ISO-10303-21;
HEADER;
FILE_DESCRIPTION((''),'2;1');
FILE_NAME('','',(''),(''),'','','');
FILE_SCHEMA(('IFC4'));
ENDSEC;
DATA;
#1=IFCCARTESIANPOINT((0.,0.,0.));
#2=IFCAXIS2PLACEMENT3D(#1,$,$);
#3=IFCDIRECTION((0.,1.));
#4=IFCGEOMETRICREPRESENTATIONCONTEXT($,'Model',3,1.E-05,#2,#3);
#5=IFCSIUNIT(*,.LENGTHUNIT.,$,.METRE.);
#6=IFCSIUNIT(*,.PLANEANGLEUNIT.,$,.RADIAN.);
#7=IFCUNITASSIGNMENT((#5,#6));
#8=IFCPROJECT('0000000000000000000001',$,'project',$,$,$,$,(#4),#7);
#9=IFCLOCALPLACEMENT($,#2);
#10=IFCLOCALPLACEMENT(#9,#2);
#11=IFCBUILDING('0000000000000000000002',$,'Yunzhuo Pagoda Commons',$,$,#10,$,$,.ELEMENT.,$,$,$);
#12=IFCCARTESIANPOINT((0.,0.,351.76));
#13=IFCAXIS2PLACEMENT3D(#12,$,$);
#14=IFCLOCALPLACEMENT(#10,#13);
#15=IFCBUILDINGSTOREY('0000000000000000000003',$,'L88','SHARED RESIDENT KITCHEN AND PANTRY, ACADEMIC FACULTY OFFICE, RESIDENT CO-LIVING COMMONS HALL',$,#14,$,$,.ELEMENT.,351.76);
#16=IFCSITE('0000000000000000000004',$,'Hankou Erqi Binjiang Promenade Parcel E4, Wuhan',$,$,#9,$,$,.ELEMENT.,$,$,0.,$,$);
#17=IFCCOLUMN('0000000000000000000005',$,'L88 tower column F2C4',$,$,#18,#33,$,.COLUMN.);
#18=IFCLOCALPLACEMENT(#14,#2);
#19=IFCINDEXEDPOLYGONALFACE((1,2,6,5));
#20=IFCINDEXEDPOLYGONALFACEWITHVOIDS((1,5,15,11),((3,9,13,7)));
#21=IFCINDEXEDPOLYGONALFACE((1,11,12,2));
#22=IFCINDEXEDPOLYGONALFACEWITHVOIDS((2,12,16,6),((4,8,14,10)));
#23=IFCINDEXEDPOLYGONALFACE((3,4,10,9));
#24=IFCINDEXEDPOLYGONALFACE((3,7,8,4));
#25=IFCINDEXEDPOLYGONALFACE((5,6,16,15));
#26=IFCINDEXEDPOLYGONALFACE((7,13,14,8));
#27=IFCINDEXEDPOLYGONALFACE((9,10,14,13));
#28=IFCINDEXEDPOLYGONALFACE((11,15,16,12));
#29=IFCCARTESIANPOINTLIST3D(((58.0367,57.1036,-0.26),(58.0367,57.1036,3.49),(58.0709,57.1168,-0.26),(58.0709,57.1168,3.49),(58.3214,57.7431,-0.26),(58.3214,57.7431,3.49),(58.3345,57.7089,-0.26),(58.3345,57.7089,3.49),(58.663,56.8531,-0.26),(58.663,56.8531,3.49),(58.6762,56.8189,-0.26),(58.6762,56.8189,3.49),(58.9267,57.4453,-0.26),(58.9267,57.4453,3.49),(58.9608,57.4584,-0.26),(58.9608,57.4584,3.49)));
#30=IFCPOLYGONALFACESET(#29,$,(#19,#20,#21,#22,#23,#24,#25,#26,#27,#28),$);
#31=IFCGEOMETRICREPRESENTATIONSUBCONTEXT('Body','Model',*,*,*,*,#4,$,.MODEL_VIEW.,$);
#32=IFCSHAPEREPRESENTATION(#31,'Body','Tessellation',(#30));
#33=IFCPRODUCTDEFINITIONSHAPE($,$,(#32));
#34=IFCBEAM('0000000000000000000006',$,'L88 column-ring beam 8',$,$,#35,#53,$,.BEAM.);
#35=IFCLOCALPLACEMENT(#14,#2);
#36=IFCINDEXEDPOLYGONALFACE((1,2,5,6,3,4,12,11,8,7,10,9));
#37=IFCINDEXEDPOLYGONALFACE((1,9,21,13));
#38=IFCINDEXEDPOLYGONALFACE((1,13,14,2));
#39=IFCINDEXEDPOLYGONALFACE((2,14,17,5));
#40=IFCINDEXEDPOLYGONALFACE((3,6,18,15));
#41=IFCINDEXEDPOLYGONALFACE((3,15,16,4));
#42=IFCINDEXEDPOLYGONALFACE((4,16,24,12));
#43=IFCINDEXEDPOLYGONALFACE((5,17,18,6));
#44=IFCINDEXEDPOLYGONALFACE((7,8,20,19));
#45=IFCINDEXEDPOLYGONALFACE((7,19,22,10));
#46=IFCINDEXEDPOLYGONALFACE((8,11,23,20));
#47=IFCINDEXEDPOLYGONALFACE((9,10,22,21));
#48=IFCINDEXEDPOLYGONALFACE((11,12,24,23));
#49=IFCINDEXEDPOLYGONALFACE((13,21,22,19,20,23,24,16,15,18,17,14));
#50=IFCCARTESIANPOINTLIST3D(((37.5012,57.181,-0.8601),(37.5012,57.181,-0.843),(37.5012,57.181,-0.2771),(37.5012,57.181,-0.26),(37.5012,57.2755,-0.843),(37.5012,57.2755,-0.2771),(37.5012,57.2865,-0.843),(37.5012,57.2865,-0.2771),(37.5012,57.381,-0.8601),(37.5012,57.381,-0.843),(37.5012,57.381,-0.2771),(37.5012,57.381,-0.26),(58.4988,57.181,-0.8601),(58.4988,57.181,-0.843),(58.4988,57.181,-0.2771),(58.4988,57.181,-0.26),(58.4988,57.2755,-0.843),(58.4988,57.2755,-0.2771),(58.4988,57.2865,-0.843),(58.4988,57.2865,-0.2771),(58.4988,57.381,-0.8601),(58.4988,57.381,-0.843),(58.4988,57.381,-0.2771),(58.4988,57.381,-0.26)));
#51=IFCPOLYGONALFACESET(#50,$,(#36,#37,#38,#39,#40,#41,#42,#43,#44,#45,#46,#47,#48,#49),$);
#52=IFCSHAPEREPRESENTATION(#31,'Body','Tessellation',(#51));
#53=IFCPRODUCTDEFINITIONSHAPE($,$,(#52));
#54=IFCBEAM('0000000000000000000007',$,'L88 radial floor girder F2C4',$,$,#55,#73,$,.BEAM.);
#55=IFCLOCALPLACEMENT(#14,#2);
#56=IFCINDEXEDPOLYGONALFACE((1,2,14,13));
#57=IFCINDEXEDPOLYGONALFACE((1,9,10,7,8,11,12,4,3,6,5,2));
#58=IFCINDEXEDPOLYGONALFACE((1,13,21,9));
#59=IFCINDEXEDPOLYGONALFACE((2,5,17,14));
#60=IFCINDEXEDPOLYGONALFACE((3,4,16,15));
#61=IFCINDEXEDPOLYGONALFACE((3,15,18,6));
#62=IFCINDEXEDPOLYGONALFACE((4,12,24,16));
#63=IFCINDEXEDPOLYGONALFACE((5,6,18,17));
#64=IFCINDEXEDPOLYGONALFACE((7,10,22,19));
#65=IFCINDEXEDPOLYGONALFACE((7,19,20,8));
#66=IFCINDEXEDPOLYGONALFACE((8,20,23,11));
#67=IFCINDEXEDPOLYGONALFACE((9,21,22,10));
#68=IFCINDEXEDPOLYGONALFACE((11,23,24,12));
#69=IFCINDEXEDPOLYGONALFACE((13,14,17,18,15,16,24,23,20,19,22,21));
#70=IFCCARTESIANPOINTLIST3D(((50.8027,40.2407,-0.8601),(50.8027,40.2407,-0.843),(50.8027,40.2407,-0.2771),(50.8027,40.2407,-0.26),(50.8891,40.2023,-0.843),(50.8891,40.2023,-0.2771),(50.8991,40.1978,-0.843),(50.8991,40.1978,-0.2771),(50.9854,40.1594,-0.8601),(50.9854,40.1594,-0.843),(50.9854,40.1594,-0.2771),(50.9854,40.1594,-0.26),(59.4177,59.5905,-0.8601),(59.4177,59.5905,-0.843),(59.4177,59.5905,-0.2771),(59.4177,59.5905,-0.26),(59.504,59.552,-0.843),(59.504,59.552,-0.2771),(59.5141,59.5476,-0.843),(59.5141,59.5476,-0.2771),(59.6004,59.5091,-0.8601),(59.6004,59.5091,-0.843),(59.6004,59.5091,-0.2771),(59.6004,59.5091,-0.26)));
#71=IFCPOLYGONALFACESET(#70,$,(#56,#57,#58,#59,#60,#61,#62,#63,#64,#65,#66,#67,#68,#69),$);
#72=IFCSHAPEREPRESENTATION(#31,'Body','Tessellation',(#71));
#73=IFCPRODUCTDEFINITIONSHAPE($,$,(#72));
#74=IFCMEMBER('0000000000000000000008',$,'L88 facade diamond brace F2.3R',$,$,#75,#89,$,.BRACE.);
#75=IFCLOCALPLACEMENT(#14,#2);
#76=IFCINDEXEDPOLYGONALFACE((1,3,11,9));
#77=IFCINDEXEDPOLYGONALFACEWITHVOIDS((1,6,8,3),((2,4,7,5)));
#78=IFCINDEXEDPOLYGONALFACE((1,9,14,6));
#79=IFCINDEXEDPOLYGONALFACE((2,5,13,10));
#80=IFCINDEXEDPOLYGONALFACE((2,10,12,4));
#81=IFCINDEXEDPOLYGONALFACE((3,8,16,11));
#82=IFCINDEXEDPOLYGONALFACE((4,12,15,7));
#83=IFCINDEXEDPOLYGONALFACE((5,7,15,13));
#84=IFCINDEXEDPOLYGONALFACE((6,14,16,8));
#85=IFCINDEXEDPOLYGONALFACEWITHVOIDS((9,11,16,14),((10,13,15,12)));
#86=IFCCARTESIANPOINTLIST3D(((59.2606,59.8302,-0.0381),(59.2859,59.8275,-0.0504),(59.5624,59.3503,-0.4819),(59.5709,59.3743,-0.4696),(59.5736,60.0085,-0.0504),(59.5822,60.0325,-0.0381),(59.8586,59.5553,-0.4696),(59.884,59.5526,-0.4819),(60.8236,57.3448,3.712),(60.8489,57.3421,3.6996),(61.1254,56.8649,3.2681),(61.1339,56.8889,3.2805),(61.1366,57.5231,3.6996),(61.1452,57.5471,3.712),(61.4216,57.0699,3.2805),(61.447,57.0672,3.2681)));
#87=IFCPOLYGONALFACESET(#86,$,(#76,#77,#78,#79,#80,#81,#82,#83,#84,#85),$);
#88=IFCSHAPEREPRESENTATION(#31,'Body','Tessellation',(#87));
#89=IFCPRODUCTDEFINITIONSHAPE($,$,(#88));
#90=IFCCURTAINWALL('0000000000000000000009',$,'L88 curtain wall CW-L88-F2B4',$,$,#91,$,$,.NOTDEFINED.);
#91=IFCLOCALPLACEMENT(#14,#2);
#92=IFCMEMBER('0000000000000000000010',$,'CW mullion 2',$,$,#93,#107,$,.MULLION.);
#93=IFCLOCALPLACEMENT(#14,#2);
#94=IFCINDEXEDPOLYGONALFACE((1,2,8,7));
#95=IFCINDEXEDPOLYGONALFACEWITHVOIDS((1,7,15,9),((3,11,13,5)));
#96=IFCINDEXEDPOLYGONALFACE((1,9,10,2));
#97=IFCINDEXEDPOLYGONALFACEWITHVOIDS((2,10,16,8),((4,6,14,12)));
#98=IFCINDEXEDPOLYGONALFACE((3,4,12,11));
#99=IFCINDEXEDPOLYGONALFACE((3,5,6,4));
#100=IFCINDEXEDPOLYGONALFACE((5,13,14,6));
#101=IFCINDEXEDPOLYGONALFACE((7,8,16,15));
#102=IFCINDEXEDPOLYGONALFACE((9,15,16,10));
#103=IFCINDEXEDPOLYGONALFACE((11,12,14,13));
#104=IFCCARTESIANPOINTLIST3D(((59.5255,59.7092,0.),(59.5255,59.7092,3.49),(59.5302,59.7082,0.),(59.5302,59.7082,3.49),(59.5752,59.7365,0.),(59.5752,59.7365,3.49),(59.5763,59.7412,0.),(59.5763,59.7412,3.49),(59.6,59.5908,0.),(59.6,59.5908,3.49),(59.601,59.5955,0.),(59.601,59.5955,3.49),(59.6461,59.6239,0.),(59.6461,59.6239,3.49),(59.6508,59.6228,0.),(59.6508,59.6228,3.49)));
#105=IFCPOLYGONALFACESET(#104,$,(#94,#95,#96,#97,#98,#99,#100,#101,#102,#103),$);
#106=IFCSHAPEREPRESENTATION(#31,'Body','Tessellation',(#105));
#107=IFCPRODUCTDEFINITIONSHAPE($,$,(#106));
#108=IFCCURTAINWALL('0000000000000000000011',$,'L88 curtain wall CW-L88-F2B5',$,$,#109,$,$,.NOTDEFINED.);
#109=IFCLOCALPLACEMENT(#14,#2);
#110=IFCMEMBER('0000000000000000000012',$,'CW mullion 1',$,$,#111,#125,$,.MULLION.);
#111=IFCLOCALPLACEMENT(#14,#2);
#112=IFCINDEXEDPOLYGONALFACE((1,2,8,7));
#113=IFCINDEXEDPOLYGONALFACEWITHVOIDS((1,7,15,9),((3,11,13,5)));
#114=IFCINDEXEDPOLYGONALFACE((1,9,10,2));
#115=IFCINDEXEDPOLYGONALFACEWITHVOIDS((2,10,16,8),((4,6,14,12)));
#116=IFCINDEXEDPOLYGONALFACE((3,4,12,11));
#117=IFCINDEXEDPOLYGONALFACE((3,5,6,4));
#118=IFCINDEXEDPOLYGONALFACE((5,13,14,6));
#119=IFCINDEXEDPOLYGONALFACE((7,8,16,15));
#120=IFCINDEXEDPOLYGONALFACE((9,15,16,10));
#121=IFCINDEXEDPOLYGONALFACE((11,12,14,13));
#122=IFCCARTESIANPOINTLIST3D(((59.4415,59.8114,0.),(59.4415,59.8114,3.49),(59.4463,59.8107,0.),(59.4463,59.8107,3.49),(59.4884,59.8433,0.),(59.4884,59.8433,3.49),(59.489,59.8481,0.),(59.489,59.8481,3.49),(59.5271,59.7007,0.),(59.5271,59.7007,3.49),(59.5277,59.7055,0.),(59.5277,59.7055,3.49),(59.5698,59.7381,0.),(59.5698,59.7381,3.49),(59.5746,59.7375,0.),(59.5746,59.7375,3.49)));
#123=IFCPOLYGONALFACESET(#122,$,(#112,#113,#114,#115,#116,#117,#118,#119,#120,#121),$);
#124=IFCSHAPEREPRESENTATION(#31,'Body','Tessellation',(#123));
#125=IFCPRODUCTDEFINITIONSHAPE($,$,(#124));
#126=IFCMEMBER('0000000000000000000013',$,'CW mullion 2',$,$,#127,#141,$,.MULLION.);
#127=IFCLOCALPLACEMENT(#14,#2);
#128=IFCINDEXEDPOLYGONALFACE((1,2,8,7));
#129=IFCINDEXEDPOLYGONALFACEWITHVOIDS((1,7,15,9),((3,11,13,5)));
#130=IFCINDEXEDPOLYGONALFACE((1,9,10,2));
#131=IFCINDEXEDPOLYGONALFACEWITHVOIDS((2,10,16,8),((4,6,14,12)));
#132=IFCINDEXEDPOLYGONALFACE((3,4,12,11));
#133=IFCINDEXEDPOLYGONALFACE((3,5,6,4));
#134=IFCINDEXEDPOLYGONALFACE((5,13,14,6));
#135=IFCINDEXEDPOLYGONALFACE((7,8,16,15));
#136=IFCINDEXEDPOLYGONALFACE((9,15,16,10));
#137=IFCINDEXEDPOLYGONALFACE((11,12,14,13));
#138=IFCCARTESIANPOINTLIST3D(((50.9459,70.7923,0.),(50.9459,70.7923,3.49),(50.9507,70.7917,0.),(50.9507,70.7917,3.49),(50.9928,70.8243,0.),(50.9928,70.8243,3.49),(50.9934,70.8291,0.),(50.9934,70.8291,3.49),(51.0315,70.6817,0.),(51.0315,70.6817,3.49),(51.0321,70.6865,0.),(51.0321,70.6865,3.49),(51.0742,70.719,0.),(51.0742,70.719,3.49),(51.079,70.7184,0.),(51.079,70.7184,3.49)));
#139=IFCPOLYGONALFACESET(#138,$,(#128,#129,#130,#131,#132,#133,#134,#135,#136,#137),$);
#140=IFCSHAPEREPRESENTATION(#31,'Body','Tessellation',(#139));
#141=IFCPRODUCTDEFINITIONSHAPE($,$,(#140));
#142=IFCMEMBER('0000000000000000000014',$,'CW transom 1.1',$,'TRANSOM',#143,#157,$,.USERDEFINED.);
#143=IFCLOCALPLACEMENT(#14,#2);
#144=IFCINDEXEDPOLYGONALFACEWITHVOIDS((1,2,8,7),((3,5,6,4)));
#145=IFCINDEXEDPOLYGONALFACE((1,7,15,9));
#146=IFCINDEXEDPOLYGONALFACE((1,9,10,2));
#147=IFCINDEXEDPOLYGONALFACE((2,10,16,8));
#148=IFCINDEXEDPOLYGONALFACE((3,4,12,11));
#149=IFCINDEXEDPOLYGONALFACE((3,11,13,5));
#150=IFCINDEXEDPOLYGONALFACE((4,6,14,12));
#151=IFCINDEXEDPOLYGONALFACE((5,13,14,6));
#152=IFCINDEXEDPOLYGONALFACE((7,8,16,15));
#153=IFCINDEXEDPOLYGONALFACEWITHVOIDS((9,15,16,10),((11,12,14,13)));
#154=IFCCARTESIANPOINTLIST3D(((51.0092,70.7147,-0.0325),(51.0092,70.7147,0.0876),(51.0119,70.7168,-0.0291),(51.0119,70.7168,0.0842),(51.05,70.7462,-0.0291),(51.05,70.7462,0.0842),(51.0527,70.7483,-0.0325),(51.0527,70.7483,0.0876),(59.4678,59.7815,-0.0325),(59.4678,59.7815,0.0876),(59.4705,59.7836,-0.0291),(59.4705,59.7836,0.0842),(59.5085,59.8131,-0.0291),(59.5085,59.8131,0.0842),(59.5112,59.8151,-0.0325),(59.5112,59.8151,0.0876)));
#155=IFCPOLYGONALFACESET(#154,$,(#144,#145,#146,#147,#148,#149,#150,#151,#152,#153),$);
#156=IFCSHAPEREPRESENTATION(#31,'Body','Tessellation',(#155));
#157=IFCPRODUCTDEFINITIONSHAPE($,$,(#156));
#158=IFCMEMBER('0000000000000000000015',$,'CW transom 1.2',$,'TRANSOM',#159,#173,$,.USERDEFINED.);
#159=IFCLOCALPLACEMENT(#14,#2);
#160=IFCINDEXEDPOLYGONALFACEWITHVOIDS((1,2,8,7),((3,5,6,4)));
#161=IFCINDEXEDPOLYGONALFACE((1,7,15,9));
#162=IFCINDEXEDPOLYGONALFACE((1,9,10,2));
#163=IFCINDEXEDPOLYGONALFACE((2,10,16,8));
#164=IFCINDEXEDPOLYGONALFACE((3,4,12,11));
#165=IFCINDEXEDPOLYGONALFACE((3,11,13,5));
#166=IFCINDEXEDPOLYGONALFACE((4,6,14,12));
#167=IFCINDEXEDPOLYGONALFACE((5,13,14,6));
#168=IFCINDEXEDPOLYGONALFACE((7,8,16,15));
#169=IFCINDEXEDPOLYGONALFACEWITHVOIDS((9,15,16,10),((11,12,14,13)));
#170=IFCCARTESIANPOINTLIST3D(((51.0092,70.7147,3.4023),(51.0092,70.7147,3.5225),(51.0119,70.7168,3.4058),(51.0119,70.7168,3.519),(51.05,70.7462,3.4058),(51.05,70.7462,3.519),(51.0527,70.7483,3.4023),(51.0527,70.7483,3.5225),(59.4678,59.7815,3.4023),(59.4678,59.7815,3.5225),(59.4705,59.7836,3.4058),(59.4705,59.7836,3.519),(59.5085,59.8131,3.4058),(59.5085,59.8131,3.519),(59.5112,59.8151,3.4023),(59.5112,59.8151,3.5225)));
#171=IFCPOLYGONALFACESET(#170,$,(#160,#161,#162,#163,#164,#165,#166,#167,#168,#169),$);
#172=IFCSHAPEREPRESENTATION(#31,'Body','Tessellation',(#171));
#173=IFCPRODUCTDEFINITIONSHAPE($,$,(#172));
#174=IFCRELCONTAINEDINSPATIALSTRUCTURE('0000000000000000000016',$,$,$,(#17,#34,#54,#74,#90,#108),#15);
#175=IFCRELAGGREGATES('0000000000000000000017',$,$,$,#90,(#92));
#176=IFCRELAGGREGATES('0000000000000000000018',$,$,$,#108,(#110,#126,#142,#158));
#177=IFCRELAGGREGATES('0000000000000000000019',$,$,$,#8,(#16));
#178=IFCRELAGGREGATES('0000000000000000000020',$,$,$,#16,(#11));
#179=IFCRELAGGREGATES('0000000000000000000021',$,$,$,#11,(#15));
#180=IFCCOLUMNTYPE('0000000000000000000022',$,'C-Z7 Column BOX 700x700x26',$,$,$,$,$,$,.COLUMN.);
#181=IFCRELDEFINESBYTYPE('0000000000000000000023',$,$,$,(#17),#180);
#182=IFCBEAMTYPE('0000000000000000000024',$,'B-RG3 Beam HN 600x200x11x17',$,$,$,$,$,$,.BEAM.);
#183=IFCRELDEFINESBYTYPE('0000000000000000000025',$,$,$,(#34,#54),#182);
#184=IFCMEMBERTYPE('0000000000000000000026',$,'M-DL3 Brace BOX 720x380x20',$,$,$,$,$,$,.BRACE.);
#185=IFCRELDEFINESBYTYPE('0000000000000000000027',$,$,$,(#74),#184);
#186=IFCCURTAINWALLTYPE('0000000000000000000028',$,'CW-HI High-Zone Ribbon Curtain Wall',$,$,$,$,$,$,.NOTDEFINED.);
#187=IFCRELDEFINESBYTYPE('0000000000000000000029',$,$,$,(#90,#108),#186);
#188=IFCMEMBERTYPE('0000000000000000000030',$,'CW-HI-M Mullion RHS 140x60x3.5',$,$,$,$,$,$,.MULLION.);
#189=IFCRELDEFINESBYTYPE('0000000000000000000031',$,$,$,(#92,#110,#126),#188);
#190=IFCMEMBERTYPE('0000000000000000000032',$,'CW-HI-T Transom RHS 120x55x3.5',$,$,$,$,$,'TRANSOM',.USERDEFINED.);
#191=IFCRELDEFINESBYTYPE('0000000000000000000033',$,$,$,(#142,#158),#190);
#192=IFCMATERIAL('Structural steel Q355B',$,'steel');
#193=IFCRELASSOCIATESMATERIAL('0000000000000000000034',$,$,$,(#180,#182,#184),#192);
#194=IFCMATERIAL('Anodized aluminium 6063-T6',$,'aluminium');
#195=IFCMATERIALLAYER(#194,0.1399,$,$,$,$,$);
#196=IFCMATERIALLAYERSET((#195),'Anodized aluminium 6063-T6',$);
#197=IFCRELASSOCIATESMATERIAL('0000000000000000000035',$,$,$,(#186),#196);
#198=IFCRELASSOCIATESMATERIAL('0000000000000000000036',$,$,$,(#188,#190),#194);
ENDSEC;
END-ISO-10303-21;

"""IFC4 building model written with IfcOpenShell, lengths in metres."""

from ifc_helpers import new_model, si_unit, direction, frame, origin, origin_2d, place, context, subcontext, project, spatial, hollow_rectangle, i_section, extrude, source, transform, mapped, material, layer, layer_set, material_profile, profile_set, type_object, element, aggregate, save


model = new_model("IFC4")

# Units and contexts
model_context = context("Model", 3, precision=1e-05, world=origin(), true_north=direction((0.0, 1.0)))
body_context = subcontext(model_context, "Body", "Model", "MODEL_VIEW")
ifc_project = project(units=[si_unit("LENGTHUNIT", "METRE"), si_unit("PLANEANGLEUNIT", "RADIAN")], contexts=[model_context])

# Site, building, storey
site_placement = place(None, origin())
site = spatial("IfcSite", under=ifc_project, at=site_placement, Name="Hankou Erqi Binjiang Promenade Parcel E4, Wuhan", CompositionType="ELEMENT", RefElevation=0.0)
building_placement = place(site_placement, origin())
building = spatial("IfcBuilding", under=site, at=building_placement, Name="Yunzhuo Pagoda Commons", CompositionType="ELEMENT")
storey_placement = place(building_placement, frame((0.0, 0.0, 351.76)))
storey = spatial("IfcBuildingStorey", under=building, at=storey_placement, Name="L88", Description="SHARED RESIDENT KITCHEN AND PANTRY, ACADEMIC FACULTY OFFICE, RESIDENT CO-LIVING COMMONS HALL", CompositionType="ELEMENT", Elevation=351.76)

# Column
ifc_material_1 = material(Name="Structural steel Q355B", Category="steel")
ifc_material_profile_1 = material_profile(ifc_material_1, hollow_rectangle(XDim=0.7, YDim=0.7, WallThickness=0.0259, at=origin_2d()), Name="Structural steel Q355B")
ifc_profile_set_1 = profile_set([ifc_material_profile_1], Name="Structural steel Q355B")
column_type = type_object("IfcColumnType", Name="C-Z7 Column BOX 700x700x26", PredefinedType="COLUMN", material=ifc_profile_set_1)
shared_shape_1 = source(origin(), body_context, "Body", "SweptSolid", [
    extrude(hollow_rectangle(XDim=0.7, YDim=0.7, WallThickness=0.0259, at=origin_2d()), origin(), (0.0, 0.0, 1.0), 3.75),
])
column_placement = place(storey_placement, frame((58.4988, 57.281, -0.26), z_axis=(0.0, 0.0, 1.0), x_axis=(-0.913545, 0.406737, 0.0)))
element("IfcColumn", 1, at=column_placement, inside=storey, type_object=column_type, Name="L88 tower column F2C4", PredefinedType="COLUMN", context=body_context, shape_type="MappedRepresentation", body=[
    mapped(shared_shape_1, transform((0.0, 0.0, 0.0), scale=1.0)),
])

# Beams
ifc_material_profile_2 = material_profile(ifc_material_1, i_section(OverallWidth=0.2, OverallDepth=0.6001, WebThickness=0.011, FlangeThickness=0.0171, at=origin_2d()), Name="Structural steel Q355B")
ifc_profile_set_2 = profile_set([ifc_material_profile_2], Name="Structural steel Q355B")
beam_type = type_object("IfcBeamType", Name="B-RG3 Beam HN 600x200x11x17", PredefinedType="BEAM", material=ifc_profile_set_2)
shared_shape_2 = source(origin(), body_context, "Body", "SweptSolid", [
    extrude(i_section(OverallWidth=0.2, OverallDepth=0.6001, WebThickness=0.011, FlangeThickness=0.0171, at=origin_2d()), origin(), (0.0, 0.0, 1.0), 20.9976),
])
beam_1_placement = place(storey_placement, frame((58.4988, 57.281, -0.5601), z_axis=(-1.0, 0.0, 0.0), x_axis=(0.0, -1.0, 0.0)))
element("IfcBeam", 2, at=beam_1_placement, inside=storey, type_object=beam_type, Name="L88 column-ring beam 8", PredefinedType="BEAM", context=body_context, shape_type="MappedRepresentation", body=[
    mapped(shared_shape_2, transform((0.0, 0.0, 0.0), scale=1.0)),
])
shared_shape_3 = source(origin(), body_context, "Body", "SweptSolid", [
    extrude(i_section(OverallWidth=0.2, OverallDepth=0.6001, WebThickness=0.011, FlangeThickness=0.0171, at=origin_2d()), origin(), (0.0, 0.0, 1.0), 21.1809),
])
beam_2_placement = place(storey_placement, frame((59.509, 59.5498, -0.5601), z_axis=(-0.406732, -0.913548, 0.0), x_axis=(0.913548, -0.406732, 0.0)))
element("IfcBeam", 3, at=beam_2_placement, inside=storey, type_object=beam_type, Name="L88 radial floor girder F2C4", PredefinedType="BEAM", context=body_context, shape_type="MappedRepresentation", body=[
    mapped(shared_shape_3, transform((0.0, 0.0, 0.0), scale=1.0)),
])

# Member
ifc_material_profile_3 = material_profile(ifc_material_1, hollow_rectangle(XDim=0.3799, YDim=0.72, WallThickness=0.02, at=origin_2d()), Name="Structural steel Q355B")
ifc_profile_set_3 = profile_set([ifc_material_profile_3], Name="Structural steel Q355B")
member_type_1 = type_object("IfcMemberType", Name="M-DL3 Brace BOX 720x380x20", PredefinedType="BRACE", material=ifc_profile_set_3)
shared_shape_4 = source(origin(), body_context, "Body", "SweptSolid", [
    extrude(hollow_rectangle(XDim=0.3799, YDim=0.72, WallThickness=0.02, at=origin_2d()), origin(), (0.0, 0.0, 1.0), 4.7627),
])
member_1_placement = place(storey_placement, frame((59.5723, 59.6914, -0.26), z_axis=(0.328179, -0.521847, 0.787384), x_axis=(0.846519, 0.532359, 0.0)))
element("IfcMember", 4, at=member_1_placement, inside=storey, type_object=member_type_1, Name="L88 facade diamond brace F2.3R", PredefinedType="BRACE", context=body_context, shape_type="MappedRepresentation", body=[
    mapped(shared_shape_4, transform((0.0, 0.0, 0.0), scale=1.0)),
])

# Curtain wall, member
ifc_material_2 = material(Name="Anodized aluminium 6063-T6", Category="aluminium")
ifc_layer_1 = layer(ifc_material_2, 0.1399)
ifc_layer_set_1 = layer_set([ifc_layer_1], Name="Anodized aluminium 6063-T6")
curtain_wall_type = type_object("IfcCurtainWallType", Name="CW-HI High-Zone Ribbon Curtain Wall", PredefinedType="NOTDEFINED", material=ifc_layer_set_1)
curtain_wall_1_placement = place(storey_placement, origin())
curtain_wall_1 = element("IfcCurtainWall", 5, at=curtain_wall_1_placement, inside=storey, type_object=curtain_wall_type, Name="L88 curtain wall CW-L88-F2B4", PredefinedType="NOTDEFINED")
ifc_material_profile_4 = material_profile(ifc_material_2, hollow_rectangle(XDim=0.0601, YDim=0.1399, WallThickness=0.0034, at=origin_2d()), Name="Anodized aluminium 6063-T6")
ifc_profile_set_4 = profile_set([ifc_material_profile_4], Name="Anodized aluminium 6063-T6")
member_type_2 = type_object("IfcMemberType", Name="CW-HI-M Mullion RHS 140x60x3.5", PredefinedType="MULLION", material=ifc_profile_set_4)
shared_shape_5 = source(origin(), body_context, "Body", "SweptSolid", [
    extrude(hollow_rectangle(XDim=0.0601, YDim=0.1399, WallThickness=0.0034, at=origin_2d()), origin(), (0.0, 0.0, 1.0), 3.49),
])
member_2_placement = place(storey_placement, frame((59.5881, 59.666, 0.0), z_axis=(0.0, 0.0, 1.0), x_axis=(-0.846525, -0.53235, 0.0)))
member_2 = element("IfcMember", 6, at=member_2_placement, type_object=member_type_2, Name="CW mullion 2", PredefinedType="MULLION", context=body_context, shape_type="MappedRepresentation", body=[
    mapped(shared_shape_5, transform((0.0, 0.0, 0.0), scale=1.0)),
])

# Curtain wall, members
curtain_wall_2_placement = place(storey_placement, origin())
curtain_wall_2 = element("IfcCurtainWall", 7, at=curtain_wall_2_placement, inside=storey, type_object=curtain_wall_type, Name="L88 curtain wall CW-L88-F2B5", PredefinedType="NOTDEFINED")
member_3_placement = place(storey_placement, frame((59.5081, 59.7744, 0.0), z_axis=(0.0, 0.0, 1.0), x_axis=(-0.790927, -0.61191, 0.0)))
member_3 = element("IfcMember", 8, at=member_3_placement, type_object=member_type_2, Name="CW mullion 1", PredefinedType="MULLION", context=body_context, shape_type="MappedRepresentation", body=[
    mapped(shared_shape_5, transform((0.0, 0.0, 0.0), scale=1.0)),
])
member_4_placement = place(storey_placement, frame((51.0125, 70.7554, 0.0), z_axis=(0.0, 0.0, 1.0), x_axis=(-0.790927, -0.61191, 0.0)))
member_4 = element("IfcMember", 9, at=member_4_placement, type_object=member_type_2, Name="CW mullion 2", PredefinedType="MULLION", context=body_context, shape_type="MappedRepresentation", body=[
    mapped(shared_shape_5, transform((0.0, 0.0, 0.0), scale=1.0)),
])
ifc_material_profile_5 = material_profile(ifc_material_2, hollow_rectangle(XDim=0.0549, YDim=0.1201, WallThickness=0.0034, at=origin_2d()), Name="Anodized aluminium 6063-T6")
ifc_profile_set_5 = profile_set([ifc_material_profile_5], Name="Anodized aluminium 6063-T6")
member_type_3 = type_object("IfcMemberType", Name="CW-HI-T Transom RHS 120x55x3.5", ElementType="TRANSOM", PredefinedType="USERDEFINED", material=ifc_profile_set_5)
shared_shape_6 = source(origin(), body_context, "Body", "SweptSolid", [
    extrude(hollow_rectangle(XDim=0.0549, YDim=0.1201, WallThickness=0.0034, at=origin_2d()), origin(), (0.0, 0.0, 1.0), 13.8232),
])
member_5_placement = place(storey_placement, frame((59.4895, 59.7983, 0.0276), z_axis=(-0.611909, 0.790928, 0.0), x_axis=(-0.790928, -0.611909, 0.0)))
member_5 = element("IfcMember", 10, at=member_5_placement, type_object=member_type_3, Name="CW transom 1.1", ObjectType="TRANSOM", PredefinedType="USERDEFINED", context=body_context, shape_type="MappedRepresentation", body=[
    mapped(shared_shape_6, transform((0.0, 0.0, 0.0), scale=1.0)),
])
member_6_placement = place(storey_placement, frame((59.4895, 59.7983, 3.4624), z_axis=(-0.611909, 0.790928, 0.0), x_axis=(-0.790928, -0.611909, 0.0)))
member_6 = element("IfcMember", 11, at=member_6_placement, type_object=member_type_3, Name="CW transom 1.2", ObjectType="TRANSOM", PredefinedType="USERDEFINED", context=body_context, shape_type="MappedRepresentation", body=[
    mapped(shared_shape_6, transform((0.0, 0.0, 0.0), scale=1.0)),
])

aggregate(curtain_wall_1, [member_2])

aggregate(curtain_wall_2, [member_3, member_4, member_5, member_6])

save(model, "model.ifc")
